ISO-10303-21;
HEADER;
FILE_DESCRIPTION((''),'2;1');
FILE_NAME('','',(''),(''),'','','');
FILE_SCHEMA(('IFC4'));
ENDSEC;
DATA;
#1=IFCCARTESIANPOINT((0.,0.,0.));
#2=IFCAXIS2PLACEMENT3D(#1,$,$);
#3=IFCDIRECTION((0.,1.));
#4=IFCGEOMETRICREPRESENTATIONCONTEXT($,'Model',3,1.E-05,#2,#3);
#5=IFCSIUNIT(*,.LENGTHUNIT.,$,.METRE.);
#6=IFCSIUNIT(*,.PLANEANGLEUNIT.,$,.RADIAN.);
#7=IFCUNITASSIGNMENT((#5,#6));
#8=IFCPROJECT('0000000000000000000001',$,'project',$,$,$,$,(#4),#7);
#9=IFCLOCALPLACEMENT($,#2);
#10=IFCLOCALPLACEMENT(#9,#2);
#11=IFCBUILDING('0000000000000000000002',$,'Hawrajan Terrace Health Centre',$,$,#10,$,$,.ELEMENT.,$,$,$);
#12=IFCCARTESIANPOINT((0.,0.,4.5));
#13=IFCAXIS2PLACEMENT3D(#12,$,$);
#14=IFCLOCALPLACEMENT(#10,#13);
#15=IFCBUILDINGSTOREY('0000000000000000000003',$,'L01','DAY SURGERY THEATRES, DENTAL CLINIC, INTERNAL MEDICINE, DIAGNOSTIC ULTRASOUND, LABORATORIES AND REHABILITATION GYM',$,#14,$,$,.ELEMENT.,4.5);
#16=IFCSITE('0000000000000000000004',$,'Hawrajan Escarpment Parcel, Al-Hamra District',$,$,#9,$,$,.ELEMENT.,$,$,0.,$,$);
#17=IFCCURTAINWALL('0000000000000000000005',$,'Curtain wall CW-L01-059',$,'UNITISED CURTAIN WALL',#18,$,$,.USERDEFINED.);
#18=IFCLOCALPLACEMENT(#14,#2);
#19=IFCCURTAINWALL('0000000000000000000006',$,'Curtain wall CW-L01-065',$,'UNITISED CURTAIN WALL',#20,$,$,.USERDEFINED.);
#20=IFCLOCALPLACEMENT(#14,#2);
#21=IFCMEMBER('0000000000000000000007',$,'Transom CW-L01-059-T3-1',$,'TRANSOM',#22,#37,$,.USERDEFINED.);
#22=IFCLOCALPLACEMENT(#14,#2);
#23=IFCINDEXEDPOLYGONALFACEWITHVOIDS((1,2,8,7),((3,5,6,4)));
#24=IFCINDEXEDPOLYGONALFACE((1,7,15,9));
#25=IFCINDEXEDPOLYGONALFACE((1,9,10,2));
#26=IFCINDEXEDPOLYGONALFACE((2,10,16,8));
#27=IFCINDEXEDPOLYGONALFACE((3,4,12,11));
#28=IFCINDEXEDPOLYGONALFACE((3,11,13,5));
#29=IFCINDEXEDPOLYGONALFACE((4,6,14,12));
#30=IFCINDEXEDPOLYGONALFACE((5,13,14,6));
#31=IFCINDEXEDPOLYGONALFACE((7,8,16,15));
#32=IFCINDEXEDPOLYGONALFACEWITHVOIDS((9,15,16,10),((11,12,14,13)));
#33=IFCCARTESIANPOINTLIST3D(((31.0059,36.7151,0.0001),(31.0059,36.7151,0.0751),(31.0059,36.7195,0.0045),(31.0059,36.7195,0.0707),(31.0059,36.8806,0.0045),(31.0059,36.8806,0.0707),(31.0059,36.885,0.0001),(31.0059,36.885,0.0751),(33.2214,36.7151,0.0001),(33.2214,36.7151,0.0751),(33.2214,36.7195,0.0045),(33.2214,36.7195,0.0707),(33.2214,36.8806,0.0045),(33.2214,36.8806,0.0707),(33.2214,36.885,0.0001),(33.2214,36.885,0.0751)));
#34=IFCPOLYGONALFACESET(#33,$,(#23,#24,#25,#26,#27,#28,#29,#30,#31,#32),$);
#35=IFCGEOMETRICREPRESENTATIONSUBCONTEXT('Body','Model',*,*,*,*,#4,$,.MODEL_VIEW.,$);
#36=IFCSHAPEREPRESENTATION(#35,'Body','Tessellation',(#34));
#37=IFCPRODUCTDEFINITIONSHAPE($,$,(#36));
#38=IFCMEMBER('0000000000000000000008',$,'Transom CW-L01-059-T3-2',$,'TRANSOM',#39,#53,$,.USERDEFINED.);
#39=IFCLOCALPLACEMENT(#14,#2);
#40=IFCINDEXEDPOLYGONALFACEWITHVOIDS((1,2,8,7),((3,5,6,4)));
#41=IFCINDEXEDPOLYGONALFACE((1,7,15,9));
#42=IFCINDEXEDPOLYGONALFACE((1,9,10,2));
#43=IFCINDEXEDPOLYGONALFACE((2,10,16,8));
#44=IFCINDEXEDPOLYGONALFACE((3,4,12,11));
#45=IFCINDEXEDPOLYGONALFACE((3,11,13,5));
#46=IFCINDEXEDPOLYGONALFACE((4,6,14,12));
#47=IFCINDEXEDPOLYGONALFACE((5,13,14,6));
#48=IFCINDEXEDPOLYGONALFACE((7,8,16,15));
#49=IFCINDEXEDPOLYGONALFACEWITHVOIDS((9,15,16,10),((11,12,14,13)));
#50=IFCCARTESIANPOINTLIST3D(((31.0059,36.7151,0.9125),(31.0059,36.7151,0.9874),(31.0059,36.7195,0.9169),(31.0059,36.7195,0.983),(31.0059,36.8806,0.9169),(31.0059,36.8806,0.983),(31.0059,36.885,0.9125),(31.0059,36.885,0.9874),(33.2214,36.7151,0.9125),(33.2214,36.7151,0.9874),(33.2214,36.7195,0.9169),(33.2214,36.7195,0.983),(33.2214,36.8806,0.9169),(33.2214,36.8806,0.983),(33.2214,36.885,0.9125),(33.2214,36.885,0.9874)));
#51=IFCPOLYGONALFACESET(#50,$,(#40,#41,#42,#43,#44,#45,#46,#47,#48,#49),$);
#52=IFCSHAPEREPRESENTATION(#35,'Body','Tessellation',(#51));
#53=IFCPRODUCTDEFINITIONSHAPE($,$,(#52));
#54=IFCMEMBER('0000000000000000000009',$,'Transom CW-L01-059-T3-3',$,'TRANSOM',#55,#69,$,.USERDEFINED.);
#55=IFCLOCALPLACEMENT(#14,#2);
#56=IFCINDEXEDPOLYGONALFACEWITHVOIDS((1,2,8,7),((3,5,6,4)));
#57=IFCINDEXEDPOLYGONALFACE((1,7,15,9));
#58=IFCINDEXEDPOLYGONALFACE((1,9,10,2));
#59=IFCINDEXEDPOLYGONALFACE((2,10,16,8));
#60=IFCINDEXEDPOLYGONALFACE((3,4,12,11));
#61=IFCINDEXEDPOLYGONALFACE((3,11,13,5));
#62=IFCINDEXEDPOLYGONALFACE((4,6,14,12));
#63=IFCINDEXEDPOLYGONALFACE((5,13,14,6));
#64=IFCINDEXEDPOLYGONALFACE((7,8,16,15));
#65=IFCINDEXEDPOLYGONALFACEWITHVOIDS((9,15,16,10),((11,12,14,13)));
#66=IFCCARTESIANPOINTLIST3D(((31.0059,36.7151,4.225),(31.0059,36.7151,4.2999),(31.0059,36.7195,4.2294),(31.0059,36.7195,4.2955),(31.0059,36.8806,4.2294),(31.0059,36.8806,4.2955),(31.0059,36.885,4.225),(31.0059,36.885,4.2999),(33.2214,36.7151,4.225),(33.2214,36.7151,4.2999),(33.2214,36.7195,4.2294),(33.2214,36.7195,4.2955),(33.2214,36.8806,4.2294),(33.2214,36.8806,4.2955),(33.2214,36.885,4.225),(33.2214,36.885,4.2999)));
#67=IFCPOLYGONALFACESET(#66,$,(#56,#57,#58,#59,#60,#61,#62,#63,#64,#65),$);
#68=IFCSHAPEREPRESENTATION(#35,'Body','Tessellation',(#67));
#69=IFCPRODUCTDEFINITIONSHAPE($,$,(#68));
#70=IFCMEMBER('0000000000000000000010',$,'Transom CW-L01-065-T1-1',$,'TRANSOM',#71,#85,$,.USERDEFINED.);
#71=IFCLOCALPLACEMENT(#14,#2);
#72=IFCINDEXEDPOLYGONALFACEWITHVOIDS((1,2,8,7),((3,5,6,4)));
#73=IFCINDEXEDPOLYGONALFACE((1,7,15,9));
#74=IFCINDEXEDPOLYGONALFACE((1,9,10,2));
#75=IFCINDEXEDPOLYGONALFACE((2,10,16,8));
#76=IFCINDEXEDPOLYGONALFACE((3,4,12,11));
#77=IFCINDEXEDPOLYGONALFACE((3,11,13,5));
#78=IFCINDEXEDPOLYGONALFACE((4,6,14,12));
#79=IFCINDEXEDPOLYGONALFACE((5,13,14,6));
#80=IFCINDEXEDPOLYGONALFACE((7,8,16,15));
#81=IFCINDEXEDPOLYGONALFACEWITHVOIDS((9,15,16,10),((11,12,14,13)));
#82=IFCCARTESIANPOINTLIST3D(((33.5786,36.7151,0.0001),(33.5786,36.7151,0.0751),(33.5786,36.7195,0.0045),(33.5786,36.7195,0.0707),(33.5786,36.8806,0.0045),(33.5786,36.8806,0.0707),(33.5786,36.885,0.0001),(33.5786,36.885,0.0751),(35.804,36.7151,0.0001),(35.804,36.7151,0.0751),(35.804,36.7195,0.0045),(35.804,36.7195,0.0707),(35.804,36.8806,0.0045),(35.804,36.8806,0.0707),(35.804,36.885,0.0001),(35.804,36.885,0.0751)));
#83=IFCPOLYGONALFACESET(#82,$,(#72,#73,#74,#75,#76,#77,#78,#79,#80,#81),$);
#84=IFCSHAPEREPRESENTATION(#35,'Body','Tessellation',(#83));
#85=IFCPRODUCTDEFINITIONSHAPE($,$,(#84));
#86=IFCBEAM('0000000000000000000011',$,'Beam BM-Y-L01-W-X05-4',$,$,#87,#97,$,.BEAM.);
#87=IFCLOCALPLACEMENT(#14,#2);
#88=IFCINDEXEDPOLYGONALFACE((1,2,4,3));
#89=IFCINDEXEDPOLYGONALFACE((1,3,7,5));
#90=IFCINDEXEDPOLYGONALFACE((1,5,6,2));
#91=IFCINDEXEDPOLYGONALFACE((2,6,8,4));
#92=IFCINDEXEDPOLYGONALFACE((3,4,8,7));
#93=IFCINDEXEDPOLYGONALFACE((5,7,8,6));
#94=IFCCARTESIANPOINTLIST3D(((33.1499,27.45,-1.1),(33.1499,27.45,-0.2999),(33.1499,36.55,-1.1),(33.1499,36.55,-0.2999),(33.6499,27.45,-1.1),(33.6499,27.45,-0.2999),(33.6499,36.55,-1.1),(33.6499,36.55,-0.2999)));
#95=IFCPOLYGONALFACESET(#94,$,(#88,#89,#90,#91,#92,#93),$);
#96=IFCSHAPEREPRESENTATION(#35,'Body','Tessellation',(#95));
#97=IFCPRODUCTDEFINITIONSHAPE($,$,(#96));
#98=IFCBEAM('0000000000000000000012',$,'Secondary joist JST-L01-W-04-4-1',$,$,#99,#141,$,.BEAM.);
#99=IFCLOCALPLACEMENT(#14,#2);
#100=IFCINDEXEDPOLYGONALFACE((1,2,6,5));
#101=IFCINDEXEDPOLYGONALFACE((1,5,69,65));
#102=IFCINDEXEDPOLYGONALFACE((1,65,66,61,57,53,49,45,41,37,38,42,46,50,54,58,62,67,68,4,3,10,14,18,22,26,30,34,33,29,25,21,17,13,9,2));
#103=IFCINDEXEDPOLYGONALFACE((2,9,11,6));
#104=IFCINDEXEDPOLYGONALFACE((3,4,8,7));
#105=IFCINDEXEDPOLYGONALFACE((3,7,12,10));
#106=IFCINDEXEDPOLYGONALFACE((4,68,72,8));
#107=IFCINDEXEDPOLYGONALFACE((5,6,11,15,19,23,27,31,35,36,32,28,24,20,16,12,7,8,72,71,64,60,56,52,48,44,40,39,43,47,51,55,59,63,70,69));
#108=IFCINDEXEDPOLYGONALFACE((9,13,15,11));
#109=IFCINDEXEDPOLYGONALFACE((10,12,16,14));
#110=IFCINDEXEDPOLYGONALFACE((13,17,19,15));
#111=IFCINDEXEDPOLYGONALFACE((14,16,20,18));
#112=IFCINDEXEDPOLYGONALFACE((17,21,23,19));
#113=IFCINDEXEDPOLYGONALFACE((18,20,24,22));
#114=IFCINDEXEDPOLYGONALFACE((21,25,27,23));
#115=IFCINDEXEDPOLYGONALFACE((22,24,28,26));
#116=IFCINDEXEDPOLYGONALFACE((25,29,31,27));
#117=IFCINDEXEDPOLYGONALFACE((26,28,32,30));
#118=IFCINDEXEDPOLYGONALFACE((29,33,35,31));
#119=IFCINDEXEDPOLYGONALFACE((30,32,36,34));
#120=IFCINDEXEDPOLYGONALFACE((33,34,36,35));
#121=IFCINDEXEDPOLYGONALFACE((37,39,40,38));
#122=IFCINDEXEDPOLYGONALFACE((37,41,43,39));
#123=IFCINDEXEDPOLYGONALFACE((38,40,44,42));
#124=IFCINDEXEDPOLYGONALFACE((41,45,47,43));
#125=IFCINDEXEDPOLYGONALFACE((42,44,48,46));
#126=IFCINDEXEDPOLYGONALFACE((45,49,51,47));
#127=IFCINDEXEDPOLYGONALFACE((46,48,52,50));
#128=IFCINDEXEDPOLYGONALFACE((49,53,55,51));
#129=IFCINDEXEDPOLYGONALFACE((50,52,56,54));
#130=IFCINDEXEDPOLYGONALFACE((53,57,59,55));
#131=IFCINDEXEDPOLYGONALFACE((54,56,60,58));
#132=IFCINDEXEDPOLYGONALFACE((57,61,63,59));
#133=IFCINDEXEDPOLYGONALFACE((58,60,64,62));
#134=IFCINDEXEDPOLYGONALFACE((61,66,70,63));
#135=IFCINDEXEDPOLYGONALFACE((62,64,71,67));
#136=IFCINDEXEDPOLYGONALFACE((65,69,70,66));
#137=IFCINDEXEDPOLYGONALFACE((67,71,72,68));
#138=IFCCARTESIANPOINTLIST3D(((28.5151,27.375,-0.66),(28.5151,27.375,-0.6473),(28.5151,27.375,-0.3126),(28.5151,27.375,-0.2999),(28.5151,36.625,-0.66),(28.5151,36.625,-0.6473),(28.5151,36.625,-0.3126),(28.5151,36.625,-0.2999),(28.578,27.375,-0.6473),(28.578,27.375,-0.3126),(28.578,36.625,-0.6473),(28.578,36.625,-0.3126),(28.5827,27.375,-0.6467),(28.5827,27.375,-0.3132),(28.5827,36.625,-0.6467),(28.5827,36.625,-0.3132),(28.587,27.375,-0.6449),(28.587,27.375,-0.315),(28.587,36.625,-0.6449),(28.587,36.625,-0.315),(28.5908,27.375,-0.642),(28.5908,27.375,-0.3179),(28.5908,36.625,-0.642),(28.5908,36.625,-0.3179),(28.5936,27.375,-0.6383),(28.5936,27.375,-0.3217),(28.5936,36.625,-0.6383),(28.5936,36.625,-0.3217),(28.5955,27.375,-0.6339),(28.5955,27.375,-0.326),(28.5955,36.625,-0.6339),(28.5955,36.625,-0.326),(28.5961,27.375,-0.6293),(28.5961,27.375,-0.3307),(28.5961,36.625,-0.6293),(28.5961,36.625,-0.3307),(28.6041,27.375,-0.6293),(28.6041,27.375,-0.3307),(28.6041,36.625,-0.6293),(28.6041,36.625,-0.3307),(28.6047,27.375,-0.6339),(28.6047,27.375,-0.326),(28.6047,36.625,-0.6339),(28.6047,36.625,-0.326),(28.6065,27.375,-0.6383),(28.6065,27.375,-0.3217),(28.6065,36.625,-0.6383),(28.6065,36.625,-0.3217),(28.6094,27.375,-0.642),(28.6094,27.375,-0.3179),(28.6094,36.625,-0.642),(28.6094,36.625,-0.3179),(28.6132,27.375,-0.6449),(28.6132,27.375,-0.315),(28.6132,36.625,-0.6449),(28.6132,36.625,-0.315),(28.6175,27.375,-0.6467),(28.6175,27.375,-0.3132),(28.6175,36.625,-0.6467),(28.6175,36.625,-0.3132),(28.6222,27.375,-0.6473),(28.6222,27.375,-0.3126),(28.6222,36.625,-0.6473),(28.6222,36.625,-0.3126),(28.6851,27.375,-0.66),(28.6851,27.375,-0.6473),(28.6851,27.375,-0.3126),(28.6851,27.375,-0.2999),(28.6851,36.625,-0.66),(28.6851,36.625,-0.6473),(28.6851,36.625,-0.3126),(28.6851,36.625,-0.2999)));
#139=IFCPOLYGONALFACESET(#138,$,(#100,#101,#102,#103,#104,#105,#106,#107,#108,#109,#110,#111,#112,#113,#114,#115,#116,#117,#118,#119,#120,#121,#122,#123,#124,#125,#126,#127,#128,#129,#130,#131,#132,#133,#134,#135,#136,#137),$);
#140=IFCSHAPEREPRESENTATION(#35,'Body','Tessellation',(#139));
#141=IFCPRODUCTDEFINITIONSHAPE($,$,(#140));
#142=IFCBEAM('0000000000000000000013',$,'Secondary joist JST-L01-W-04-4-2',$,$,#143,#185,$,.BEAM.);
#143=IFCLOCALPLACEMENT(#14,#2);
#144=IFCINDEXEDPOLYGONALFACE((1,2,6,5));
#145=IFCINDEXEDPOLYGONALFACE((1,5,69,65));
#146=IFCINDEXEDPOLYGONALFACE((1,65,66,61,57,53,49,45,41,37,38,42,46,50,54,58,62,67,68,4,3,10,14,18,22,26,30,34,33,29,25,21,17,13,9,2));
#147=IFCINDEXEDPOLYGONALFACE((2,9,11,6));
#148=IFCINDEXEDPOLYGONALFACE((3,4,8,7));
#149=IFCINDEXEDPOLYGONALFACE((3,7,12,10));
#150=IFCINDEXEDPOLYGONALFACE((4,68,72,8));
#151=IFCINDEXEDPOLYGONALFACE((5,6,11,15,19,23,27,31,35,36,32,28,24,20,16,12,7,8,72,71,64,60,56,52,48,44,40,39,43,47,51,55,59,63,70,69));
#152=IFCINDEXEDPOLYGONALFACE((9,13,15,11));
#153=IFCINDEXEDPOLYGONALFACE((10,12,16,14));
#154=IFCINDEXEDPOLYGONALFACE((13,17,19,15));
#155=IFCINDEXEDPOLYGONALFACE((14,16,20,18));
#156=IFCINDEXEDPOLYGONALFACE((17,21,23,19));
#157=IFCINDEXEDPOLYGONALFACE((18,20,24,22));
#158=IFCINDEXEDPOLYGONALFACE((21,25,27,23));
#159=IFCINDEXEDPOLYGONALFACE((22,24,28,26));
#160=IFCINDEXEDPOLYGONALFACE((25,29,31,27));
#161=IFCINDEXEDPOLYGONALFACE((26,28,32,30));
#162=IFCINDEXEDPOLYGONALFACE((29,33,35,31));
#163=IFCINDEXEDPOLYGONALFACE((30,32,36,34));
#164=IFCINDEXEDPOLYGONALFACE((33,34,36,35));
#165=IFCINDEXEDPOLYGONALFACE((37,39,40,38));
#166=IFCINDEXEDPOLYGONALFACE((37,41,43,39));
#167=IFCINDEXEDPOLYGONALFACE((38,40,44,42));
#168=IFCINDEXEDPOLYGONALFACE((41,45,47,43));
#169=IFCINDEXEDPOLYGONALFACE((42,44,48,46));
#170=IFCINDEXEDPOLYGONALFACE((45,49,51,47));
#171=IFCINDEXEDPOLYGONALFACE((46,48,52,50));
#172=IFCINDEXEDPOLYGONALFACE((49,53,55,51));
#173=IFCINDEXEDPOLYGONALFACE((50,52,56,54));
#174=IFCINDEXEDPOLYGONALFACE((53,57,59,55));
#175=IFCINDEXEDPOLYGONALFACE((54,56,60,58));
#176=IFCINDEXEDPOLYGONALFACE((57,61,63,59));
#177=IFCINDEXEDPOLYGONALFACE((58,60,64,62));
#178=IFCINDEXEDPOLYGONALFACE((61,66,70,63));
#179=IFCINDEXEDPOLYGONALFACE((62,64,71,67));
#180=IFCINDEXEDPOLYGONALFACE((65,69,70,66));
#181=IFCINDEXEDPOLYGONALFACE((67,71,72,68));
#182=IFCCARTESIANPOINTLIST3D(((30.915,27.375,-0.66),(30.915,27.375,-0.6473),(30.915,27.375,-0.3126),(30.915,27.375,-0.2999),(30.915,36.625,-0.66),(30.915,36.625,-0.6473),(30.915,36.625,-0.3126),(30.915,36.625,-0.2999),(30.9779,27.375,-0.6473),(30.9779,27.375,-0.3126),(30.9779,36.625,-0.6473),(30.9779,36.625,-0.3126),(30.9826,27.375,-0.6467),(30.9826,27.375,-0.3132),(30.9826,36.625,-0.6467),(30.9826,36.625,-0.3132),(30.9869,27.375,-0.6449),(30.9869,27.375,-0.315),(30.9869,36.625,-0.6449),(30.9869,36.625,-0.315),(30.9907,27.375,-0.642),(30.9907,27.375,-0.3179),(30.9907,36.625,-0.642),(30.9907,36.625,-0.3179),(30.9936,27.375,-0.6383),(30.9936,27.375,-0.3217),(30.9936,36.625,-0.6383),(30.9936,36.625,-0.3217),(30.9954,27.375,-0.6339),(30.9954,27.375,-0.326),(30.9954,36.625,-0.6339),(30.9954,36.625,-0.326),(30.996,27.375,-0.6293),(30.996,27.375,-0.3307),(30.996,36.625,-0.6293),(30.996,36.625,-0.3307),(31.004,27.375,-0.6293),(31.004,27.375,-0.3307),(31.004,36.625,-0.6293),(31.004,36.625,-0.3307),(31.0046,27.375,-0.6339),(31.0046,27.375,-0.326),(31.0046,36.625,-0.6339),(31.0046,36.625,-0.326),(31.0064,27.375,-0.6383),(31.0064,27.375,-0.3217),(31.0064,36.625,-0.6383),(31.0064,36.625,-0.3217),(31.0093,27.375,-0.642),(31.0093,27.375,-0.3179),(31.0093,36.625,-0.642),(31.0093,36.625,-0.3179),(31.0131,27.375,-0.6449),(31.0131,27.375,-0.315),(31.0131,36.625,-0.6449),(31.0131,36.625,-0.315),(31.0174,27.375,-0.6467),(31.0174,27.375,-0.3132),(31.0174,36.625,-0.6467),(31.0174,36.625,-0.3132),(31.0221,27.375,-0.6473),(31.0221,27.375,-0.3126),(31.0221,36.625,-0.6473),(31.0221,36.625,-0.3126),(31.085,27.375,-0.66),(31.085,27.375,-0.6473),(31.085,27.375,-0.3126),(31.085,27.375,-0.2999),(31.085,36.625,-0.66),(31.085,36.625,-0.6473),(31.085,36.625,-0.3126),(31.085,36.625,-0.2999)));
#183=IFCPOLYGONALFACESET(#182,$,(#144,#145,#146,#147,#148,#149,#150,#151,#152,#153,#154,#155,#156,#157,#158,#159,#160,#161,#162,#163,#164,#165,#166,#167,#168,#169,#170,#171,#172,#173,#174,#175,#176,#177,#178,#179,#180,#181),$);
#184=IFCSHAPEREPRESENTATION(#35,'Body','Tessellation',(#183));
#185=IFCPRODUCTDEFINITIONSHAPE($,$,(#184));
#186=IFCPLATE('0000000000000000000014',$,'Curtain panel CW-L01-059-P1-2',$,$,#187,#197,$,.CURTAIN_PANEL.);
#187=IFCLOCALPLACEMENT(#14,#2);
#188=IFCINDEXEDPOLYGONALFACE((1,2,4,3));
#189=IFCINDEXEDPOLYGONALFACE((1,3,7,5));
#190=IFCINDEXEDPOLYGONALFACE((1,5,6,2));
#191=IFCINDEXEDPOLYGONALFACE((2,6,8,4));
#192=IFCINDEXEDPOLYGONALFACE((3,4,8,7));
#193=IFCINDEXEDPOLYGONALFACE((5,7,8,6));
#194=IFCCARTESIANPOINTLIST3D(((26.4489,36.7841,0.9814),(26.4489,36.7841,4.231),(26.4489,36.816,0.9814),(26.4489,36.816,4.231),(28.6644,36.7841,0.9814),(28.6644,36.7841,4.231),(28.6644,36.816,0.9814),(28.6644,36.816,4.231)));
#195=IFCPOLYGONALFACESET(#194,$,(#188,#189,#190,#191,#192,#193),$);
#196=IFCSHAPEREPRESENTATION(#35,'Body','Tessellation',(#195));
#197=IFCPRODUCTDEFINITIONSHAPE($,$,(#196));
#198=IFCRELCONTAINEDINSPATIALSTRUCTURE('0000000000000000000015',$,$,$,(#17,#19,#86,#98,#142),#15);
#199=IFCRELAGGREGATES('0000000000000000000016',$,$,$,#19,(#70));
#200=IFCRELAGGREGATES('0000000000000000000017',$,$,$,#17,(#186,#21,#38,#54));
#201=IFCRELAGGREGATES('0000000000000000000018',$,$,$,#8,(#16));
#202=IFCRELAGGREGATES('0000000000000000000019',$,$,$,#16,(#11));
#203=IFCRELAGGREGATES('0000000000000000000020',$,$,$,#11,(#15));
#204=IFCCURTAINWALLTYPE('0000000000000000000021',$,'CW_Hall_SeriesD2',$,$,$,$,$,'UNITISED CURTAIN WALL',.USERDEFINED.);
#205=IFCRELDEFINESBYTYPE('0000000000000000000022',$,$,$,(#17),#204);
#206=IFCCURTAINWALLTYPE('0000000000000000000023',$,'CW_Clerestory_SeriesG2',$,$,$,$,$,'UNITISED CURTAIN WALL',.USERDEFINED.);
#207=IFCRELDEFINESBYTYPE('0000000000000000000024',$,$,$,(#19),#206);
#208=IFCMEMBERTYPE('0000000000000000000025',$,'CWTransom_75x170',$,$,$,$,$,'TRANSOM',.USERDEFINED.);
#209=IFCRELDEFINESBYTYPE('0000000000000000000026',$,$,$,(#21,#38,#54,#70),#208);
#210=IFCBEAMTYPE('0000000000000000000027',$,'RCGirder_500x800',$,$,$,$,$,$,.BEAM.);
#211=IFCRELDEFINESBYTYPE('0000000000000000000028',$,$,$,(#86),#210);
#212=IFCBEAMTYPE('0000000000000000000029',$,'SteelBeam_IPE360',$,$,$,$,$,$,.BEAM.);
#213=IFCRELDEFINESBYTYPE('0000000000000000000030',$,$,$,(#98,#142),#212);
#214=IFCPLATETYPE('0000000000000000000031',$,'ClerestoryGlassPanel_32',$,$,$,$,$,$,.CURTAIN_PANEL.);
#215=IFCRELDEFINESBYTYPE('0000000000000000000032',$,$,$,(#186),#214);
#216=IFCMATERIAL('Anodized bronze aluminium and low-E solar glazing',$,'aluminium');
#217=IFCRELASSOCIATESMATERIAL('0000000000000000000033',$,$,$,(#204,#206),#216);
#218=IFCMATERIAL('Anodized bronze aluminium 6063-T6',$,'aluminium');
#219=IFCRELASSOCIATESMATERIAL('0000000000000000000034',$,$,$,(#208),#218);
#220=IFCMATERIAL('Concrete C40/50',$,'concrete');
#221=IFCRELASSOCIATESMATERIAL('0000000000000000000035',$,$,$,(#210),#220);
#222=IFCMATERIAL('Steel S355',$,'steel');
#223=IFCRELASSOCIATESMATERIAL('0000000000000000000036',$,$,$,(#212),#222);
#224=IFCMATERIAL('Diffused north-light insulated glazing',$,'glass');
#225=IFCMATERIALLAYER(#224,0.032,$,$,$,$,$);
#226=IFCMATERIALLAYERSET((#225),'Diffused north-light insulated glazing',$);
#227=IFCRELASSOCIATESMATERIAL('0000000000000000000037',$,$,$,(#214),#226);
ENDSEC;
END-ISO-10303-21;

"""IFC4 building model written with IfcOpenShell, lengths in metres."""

from ifc_helpers import new_model, si_unit, direction, frame, origin, origin_2d, place, context, subcontext, project, spatial, rectangle, hollow_rectangle, i_section, extrude, material, layer, layer_set, material_profile, profile_set, type_object, element, aggregate, save


model = new_model("IFC4")

# Units and contexts
model_context = context("Model", 3, precision=1e-05, world=origin(), true_north=direction((0.0, 1.0)))
body_context = subcontext(model_context, "Body", "Model", "MODEL_VIEW")
ifc_project = project(units=[si_unit("LENGTHUNIT", "METRE"), si_unit("PLANEANGLEUNIT", "RADIAN")], contexts=[model_context])

# Site, building, storey
site_placement = place(None, origin())
site = spatial("IfcSite", under=ifc_project, at=site_placement, Name="Hawrajan Escarpment Parcel, Al-Hamra District", CompositionType="ELEMENT", RefElevation=0.0)
building_placement = place(site_placement, origin())
building = spatial("IfcBuilding", under=site, at=building_placement, Name="Hawrajan Terrace Health Centre", CompositionType="ELEMENT")
storey_placement = place(building_placement, frame((0.0, 0.0, 4.5)))
storey = spatial("IfcBuildingStorey", under=building, at=storey_placement, Name="L01", Description="DAY SURGERY THEATRES, DENTAL CLINIC, INTERNAL MEDICINE, DIAGNOSTIC ULTRASOUND, LABORATORIES AND REHABILITATION GYM", CompositionType="ELEMENT", Elevation=4.5)

# Shared definitions
ifc_material_1 = material(Name="Steel S355", Category="steel")

# Curtain wall
ifc_material_2 = material(Name="Anodized bronze aluminium and low-E solar glazing", Category="aluminium")
curtain_wall_type_1 = type_object("IfcCurtainWallType", Name="CW_Hall_SeriesD2", ElementType="UNITISED CURTAIN WALL", PredefinedType="USERDEFINED", material=ifc_material_2)
curtain_wall_1_placement = place(storey_placement, origin())
curtain_wall_1 = element("IfcCurtainWall", 1, at=curtain_wall_1_placement, inside=storey, type_object=curtain_wall_type_1, Name="Curtain wall CW-L01-059", ObjectType="UNITISED CURTAIN WALL", PredefinedType="USERDEFINED")
ifc_material_3 = material(Name="Anodized bronze aluminium 6063-T6", Category="aluminium")

# Curtain wall
curtain_wall_type_2 = type_object("IfcCurtainWallType", Name="CW_Clerestory_SeriesG2", ElementType="UNITISED CURTAIN WALL", PredefinedType="USERDEFINED", material=ifc_material_2)
curtain_wall_2_placement = place(storey_placement, origin())
curtain_wall_2 = element("IfcCurtainWall", 2, at=curtain_wall_2_placement, inside=storey, type_object=curtain_wall_type_2, Name="Curtain wall CW-L01-065", ObjectType="UNITISED CURTAIN WALL", PredefinedType="USERDEFINED")

# Members
ifc_material_profile_1 = material_profile(ifc_material_3, hollow_rectangle(XDim=0.075, YDim=0.1699, WallThickness=0.0044, at=origin_2d()), Name="CW TRN 75x170")
ifc_profile_set_1 = profile_set([ifc_material_profile_1], Name="Anodized bronze aluminium 6063-T6")
member_type_1 = type_object("IfcMemberType", Name="CWTransom_75x170", ElementType="TRANSOM", PredefinedType="USERDEFINED", material=ifc_profile_set_1)
member_1_placement = place(storey_placement, frame((31.0059, 36.8, 0.0376), z_axis=(1.0, 0.0, 0.0), x_axis=(0.0, 0.0, 1.0)))
member_1 = element("IfcMember", 3, at=member_1_placement, type_object=member_type_1, Name="Transom CW-L01-059-T3-1", ObjectType="TRANSOM", PredefinedType="USERDEFINED", context=body_context, shape_type="SweptSolid", body=[
    extrude(hollow_rectangle(XDim=0.075, YDim=0.1699, WallThickness=0.0044, at=origin_2d()), origin(), (0.0, 0.0, 1.0), 2.2156),
])
member_2_placement = place(storey_placement, frame((31.0059, 36.8, 0.95), z_axis=(1.0, 0.0, 0.0), x_axis=(0.0, 0.0, 1.0)))
member_2 = element("IfcMember", 4, at=member_2_placement, type_object=member_type_1, Name="Transom CW-L01-059-T3-2", ObjectType="TRANSOM", PredefinedType="USERDEFINED", context=body_context, shape_type="SweptSolid", body=[
    extrude(hollow_rectangle(XDim=0.075, YDim=0.1699, WallThickness=0.0044, at=origin_2d()), origin(), (0.0, 0.0, 1.0), 2.2156),
])
member_3_placement = place(storey_placement, frame((31.0059, 36.8, 4.2625), z_axis=(1.0, 0.0, 0.0), x_axis=(0.0, 0.0, 1.0)))
member_3 = element("IfcMember", 5, at=member_3_placement, type_object=member_type_1, Name="Transom CW-L01-059-T3-3", ObjectType="TRANSOM", PredefinedType="USERDEFINED", context=body_context, shape_type="SweptSolid", body=[
    extrude(hollow_rectangle(XDim=0.075, YDim=0.1699, WallThickness=0.0044, at=origin_2d()), origin(), (0.0, 0.0, 1.0), 2.2156),
])
member_4_placement = place(storey_placement, frame((33.5786, 36.8, 0.0376), z_axis=(1.0, 0.0, 0.0), x_axis=(0.0, 0.0, 1.0)))
member_4 = element("IfcMember", 6, at=member_4_placement, type_object=member_type_1, Name="Transom CW-L01-065-T1-1", ObjectType="TRANSOM", PredefinedType="USERDEFINED", context=body_context, shape_type="SweptSolid", body=[
    extrude(hollow_rectangle(XDim=0.075, YDim=0.1699, WallThickness=0.0044, at=origin_2d()), origin(), (0.0, 0.0, 1.0), 2.2253),
])
aggregate(curtain_wall_2, [member_4])

# Beams
ifc_material_4 = material(Name="Concrete C40/50", Category="concrete")
ifc_material_profile_2 = material_profile(ifc_material_4, rectangle(XDim=0.5, YDim=0.8, at=origin_2d()), Name="RC BM 500x800")
ifc_profile_set_2 = profile_set([ifc_material_profile_2], Name="Concrete C40/50")
beam_type_1 = type_object("IfcBeamType", Name="RCGirder_500x800", PredefinedType="BEAM", material=ifc_profile_set_2)
beam_placement = place(storey_placement, frame((33.3999, 27.45, -0.7), z_axis=(0.0, 1.0, 0.0), x_axis=(-1.0, 0.0, 0.0)))
element("IfcBeam", 7, at=beam_placement, inside=storey, type_object=beam_type_1, Name="Beam BM-Y-L01-W-X05-4", PredefinedType="BEAM", context=body_context, shape_type="SweptSolid", body=[
    extrude(rectangle(XDim=0.5, YDim=0.8, at=origin_2d()), origin(), (0.0, 0.0, 1.0), 9.1001),
])
ifc_material_profile_3 = material_profile(ifc_material_1, i_section(OverallWidth=0.1699, OverallDepth=0.3601, WebThickness=0.0081, FlangeThickness=0.0127, FilletRadius=0.0181, at=origin_2d()), Name="IPE 360")
ifc_profile_set_3 = profile_set([ifc_material_profile_3], Name="Steel S355")
beam_type_2 = type_object("IfcBeamType", Name="SteelBeam_IPE360", PredefinedType="BEAM", material=ifc_profile_set_3)
for number, where, z_axis, x_axis, name in (
    (8, (28.6001, 27.375, -0.48), (0.0, 1.0, 0.0), (-1.0, 0.0, 0.0), "Secondary joist JST-L01-W-04-4-1"),
    (9, (31.0, 27.375, -0.48), (0.0, 1.0, 0.0), (-1.0, 0.0, 0.0), "Secondary joist JST-L01-W-04-4-2"),
):
    element("IfcBeam", number, at=place(storey_placement, frame(where, z_axis=z_axis, x_axis=x_axis)), inside=storey, type_object=beam_type_2, Name=name, PredefinedType="BEAM", context=body_context, shape_type="SweptSolid", body=[
        extrude(i_section(OverallWidth=0.1699, OverallDepth=0.3601, WebThickness=0.0081, FlangeThickness=0.0127, FilletRadius=0.0181, at=origin_2d()), origin(), (0.0, 0.0, 1.0), 9.25),
    ])

# Plate
ifc_material_5 = material(Name="Diffused north-light insulated glazing", Category="glass")
ifc_layer_1 = layer(ifc_material_5, 0.032)
ifc_layer_set_1 = layer_set([ifc_layer_1], Name="Diffused north-light insulated glazing")
plate_type_1 = type_object("IfcPlateType", Name="ClerestoryGlassPanel_32", PredefinedType="CURTAIN_PANEL", material=ifc_layer_set_1)
plate_1_placement = place(storey_placement, frame((27.5566, 36.8, 0.9814), z_axis=(0.0, 0.0, 1.0), x_axis=(1.0, 0.0, 0.0)))
plate_1 = element("IfcPlate", 10, at=plate_1_placement, type_object=plate_type_1, Name="Curtain panel CW-L01-059-P1-2", PredefinedType="CURTAIN_PANEL", context=body_context, shape_type="SweptSolid", body=[
    extrude(rectangle(XDim=2.2156, YDim=0.032, at=origin_2d()), origin(), (0.0, 0.0, 1.0), 3.2495),
])
aggregate(curtain_wall_1, [plate_1, member_1, member_2, member_3])

save(model, "model.ifc")
